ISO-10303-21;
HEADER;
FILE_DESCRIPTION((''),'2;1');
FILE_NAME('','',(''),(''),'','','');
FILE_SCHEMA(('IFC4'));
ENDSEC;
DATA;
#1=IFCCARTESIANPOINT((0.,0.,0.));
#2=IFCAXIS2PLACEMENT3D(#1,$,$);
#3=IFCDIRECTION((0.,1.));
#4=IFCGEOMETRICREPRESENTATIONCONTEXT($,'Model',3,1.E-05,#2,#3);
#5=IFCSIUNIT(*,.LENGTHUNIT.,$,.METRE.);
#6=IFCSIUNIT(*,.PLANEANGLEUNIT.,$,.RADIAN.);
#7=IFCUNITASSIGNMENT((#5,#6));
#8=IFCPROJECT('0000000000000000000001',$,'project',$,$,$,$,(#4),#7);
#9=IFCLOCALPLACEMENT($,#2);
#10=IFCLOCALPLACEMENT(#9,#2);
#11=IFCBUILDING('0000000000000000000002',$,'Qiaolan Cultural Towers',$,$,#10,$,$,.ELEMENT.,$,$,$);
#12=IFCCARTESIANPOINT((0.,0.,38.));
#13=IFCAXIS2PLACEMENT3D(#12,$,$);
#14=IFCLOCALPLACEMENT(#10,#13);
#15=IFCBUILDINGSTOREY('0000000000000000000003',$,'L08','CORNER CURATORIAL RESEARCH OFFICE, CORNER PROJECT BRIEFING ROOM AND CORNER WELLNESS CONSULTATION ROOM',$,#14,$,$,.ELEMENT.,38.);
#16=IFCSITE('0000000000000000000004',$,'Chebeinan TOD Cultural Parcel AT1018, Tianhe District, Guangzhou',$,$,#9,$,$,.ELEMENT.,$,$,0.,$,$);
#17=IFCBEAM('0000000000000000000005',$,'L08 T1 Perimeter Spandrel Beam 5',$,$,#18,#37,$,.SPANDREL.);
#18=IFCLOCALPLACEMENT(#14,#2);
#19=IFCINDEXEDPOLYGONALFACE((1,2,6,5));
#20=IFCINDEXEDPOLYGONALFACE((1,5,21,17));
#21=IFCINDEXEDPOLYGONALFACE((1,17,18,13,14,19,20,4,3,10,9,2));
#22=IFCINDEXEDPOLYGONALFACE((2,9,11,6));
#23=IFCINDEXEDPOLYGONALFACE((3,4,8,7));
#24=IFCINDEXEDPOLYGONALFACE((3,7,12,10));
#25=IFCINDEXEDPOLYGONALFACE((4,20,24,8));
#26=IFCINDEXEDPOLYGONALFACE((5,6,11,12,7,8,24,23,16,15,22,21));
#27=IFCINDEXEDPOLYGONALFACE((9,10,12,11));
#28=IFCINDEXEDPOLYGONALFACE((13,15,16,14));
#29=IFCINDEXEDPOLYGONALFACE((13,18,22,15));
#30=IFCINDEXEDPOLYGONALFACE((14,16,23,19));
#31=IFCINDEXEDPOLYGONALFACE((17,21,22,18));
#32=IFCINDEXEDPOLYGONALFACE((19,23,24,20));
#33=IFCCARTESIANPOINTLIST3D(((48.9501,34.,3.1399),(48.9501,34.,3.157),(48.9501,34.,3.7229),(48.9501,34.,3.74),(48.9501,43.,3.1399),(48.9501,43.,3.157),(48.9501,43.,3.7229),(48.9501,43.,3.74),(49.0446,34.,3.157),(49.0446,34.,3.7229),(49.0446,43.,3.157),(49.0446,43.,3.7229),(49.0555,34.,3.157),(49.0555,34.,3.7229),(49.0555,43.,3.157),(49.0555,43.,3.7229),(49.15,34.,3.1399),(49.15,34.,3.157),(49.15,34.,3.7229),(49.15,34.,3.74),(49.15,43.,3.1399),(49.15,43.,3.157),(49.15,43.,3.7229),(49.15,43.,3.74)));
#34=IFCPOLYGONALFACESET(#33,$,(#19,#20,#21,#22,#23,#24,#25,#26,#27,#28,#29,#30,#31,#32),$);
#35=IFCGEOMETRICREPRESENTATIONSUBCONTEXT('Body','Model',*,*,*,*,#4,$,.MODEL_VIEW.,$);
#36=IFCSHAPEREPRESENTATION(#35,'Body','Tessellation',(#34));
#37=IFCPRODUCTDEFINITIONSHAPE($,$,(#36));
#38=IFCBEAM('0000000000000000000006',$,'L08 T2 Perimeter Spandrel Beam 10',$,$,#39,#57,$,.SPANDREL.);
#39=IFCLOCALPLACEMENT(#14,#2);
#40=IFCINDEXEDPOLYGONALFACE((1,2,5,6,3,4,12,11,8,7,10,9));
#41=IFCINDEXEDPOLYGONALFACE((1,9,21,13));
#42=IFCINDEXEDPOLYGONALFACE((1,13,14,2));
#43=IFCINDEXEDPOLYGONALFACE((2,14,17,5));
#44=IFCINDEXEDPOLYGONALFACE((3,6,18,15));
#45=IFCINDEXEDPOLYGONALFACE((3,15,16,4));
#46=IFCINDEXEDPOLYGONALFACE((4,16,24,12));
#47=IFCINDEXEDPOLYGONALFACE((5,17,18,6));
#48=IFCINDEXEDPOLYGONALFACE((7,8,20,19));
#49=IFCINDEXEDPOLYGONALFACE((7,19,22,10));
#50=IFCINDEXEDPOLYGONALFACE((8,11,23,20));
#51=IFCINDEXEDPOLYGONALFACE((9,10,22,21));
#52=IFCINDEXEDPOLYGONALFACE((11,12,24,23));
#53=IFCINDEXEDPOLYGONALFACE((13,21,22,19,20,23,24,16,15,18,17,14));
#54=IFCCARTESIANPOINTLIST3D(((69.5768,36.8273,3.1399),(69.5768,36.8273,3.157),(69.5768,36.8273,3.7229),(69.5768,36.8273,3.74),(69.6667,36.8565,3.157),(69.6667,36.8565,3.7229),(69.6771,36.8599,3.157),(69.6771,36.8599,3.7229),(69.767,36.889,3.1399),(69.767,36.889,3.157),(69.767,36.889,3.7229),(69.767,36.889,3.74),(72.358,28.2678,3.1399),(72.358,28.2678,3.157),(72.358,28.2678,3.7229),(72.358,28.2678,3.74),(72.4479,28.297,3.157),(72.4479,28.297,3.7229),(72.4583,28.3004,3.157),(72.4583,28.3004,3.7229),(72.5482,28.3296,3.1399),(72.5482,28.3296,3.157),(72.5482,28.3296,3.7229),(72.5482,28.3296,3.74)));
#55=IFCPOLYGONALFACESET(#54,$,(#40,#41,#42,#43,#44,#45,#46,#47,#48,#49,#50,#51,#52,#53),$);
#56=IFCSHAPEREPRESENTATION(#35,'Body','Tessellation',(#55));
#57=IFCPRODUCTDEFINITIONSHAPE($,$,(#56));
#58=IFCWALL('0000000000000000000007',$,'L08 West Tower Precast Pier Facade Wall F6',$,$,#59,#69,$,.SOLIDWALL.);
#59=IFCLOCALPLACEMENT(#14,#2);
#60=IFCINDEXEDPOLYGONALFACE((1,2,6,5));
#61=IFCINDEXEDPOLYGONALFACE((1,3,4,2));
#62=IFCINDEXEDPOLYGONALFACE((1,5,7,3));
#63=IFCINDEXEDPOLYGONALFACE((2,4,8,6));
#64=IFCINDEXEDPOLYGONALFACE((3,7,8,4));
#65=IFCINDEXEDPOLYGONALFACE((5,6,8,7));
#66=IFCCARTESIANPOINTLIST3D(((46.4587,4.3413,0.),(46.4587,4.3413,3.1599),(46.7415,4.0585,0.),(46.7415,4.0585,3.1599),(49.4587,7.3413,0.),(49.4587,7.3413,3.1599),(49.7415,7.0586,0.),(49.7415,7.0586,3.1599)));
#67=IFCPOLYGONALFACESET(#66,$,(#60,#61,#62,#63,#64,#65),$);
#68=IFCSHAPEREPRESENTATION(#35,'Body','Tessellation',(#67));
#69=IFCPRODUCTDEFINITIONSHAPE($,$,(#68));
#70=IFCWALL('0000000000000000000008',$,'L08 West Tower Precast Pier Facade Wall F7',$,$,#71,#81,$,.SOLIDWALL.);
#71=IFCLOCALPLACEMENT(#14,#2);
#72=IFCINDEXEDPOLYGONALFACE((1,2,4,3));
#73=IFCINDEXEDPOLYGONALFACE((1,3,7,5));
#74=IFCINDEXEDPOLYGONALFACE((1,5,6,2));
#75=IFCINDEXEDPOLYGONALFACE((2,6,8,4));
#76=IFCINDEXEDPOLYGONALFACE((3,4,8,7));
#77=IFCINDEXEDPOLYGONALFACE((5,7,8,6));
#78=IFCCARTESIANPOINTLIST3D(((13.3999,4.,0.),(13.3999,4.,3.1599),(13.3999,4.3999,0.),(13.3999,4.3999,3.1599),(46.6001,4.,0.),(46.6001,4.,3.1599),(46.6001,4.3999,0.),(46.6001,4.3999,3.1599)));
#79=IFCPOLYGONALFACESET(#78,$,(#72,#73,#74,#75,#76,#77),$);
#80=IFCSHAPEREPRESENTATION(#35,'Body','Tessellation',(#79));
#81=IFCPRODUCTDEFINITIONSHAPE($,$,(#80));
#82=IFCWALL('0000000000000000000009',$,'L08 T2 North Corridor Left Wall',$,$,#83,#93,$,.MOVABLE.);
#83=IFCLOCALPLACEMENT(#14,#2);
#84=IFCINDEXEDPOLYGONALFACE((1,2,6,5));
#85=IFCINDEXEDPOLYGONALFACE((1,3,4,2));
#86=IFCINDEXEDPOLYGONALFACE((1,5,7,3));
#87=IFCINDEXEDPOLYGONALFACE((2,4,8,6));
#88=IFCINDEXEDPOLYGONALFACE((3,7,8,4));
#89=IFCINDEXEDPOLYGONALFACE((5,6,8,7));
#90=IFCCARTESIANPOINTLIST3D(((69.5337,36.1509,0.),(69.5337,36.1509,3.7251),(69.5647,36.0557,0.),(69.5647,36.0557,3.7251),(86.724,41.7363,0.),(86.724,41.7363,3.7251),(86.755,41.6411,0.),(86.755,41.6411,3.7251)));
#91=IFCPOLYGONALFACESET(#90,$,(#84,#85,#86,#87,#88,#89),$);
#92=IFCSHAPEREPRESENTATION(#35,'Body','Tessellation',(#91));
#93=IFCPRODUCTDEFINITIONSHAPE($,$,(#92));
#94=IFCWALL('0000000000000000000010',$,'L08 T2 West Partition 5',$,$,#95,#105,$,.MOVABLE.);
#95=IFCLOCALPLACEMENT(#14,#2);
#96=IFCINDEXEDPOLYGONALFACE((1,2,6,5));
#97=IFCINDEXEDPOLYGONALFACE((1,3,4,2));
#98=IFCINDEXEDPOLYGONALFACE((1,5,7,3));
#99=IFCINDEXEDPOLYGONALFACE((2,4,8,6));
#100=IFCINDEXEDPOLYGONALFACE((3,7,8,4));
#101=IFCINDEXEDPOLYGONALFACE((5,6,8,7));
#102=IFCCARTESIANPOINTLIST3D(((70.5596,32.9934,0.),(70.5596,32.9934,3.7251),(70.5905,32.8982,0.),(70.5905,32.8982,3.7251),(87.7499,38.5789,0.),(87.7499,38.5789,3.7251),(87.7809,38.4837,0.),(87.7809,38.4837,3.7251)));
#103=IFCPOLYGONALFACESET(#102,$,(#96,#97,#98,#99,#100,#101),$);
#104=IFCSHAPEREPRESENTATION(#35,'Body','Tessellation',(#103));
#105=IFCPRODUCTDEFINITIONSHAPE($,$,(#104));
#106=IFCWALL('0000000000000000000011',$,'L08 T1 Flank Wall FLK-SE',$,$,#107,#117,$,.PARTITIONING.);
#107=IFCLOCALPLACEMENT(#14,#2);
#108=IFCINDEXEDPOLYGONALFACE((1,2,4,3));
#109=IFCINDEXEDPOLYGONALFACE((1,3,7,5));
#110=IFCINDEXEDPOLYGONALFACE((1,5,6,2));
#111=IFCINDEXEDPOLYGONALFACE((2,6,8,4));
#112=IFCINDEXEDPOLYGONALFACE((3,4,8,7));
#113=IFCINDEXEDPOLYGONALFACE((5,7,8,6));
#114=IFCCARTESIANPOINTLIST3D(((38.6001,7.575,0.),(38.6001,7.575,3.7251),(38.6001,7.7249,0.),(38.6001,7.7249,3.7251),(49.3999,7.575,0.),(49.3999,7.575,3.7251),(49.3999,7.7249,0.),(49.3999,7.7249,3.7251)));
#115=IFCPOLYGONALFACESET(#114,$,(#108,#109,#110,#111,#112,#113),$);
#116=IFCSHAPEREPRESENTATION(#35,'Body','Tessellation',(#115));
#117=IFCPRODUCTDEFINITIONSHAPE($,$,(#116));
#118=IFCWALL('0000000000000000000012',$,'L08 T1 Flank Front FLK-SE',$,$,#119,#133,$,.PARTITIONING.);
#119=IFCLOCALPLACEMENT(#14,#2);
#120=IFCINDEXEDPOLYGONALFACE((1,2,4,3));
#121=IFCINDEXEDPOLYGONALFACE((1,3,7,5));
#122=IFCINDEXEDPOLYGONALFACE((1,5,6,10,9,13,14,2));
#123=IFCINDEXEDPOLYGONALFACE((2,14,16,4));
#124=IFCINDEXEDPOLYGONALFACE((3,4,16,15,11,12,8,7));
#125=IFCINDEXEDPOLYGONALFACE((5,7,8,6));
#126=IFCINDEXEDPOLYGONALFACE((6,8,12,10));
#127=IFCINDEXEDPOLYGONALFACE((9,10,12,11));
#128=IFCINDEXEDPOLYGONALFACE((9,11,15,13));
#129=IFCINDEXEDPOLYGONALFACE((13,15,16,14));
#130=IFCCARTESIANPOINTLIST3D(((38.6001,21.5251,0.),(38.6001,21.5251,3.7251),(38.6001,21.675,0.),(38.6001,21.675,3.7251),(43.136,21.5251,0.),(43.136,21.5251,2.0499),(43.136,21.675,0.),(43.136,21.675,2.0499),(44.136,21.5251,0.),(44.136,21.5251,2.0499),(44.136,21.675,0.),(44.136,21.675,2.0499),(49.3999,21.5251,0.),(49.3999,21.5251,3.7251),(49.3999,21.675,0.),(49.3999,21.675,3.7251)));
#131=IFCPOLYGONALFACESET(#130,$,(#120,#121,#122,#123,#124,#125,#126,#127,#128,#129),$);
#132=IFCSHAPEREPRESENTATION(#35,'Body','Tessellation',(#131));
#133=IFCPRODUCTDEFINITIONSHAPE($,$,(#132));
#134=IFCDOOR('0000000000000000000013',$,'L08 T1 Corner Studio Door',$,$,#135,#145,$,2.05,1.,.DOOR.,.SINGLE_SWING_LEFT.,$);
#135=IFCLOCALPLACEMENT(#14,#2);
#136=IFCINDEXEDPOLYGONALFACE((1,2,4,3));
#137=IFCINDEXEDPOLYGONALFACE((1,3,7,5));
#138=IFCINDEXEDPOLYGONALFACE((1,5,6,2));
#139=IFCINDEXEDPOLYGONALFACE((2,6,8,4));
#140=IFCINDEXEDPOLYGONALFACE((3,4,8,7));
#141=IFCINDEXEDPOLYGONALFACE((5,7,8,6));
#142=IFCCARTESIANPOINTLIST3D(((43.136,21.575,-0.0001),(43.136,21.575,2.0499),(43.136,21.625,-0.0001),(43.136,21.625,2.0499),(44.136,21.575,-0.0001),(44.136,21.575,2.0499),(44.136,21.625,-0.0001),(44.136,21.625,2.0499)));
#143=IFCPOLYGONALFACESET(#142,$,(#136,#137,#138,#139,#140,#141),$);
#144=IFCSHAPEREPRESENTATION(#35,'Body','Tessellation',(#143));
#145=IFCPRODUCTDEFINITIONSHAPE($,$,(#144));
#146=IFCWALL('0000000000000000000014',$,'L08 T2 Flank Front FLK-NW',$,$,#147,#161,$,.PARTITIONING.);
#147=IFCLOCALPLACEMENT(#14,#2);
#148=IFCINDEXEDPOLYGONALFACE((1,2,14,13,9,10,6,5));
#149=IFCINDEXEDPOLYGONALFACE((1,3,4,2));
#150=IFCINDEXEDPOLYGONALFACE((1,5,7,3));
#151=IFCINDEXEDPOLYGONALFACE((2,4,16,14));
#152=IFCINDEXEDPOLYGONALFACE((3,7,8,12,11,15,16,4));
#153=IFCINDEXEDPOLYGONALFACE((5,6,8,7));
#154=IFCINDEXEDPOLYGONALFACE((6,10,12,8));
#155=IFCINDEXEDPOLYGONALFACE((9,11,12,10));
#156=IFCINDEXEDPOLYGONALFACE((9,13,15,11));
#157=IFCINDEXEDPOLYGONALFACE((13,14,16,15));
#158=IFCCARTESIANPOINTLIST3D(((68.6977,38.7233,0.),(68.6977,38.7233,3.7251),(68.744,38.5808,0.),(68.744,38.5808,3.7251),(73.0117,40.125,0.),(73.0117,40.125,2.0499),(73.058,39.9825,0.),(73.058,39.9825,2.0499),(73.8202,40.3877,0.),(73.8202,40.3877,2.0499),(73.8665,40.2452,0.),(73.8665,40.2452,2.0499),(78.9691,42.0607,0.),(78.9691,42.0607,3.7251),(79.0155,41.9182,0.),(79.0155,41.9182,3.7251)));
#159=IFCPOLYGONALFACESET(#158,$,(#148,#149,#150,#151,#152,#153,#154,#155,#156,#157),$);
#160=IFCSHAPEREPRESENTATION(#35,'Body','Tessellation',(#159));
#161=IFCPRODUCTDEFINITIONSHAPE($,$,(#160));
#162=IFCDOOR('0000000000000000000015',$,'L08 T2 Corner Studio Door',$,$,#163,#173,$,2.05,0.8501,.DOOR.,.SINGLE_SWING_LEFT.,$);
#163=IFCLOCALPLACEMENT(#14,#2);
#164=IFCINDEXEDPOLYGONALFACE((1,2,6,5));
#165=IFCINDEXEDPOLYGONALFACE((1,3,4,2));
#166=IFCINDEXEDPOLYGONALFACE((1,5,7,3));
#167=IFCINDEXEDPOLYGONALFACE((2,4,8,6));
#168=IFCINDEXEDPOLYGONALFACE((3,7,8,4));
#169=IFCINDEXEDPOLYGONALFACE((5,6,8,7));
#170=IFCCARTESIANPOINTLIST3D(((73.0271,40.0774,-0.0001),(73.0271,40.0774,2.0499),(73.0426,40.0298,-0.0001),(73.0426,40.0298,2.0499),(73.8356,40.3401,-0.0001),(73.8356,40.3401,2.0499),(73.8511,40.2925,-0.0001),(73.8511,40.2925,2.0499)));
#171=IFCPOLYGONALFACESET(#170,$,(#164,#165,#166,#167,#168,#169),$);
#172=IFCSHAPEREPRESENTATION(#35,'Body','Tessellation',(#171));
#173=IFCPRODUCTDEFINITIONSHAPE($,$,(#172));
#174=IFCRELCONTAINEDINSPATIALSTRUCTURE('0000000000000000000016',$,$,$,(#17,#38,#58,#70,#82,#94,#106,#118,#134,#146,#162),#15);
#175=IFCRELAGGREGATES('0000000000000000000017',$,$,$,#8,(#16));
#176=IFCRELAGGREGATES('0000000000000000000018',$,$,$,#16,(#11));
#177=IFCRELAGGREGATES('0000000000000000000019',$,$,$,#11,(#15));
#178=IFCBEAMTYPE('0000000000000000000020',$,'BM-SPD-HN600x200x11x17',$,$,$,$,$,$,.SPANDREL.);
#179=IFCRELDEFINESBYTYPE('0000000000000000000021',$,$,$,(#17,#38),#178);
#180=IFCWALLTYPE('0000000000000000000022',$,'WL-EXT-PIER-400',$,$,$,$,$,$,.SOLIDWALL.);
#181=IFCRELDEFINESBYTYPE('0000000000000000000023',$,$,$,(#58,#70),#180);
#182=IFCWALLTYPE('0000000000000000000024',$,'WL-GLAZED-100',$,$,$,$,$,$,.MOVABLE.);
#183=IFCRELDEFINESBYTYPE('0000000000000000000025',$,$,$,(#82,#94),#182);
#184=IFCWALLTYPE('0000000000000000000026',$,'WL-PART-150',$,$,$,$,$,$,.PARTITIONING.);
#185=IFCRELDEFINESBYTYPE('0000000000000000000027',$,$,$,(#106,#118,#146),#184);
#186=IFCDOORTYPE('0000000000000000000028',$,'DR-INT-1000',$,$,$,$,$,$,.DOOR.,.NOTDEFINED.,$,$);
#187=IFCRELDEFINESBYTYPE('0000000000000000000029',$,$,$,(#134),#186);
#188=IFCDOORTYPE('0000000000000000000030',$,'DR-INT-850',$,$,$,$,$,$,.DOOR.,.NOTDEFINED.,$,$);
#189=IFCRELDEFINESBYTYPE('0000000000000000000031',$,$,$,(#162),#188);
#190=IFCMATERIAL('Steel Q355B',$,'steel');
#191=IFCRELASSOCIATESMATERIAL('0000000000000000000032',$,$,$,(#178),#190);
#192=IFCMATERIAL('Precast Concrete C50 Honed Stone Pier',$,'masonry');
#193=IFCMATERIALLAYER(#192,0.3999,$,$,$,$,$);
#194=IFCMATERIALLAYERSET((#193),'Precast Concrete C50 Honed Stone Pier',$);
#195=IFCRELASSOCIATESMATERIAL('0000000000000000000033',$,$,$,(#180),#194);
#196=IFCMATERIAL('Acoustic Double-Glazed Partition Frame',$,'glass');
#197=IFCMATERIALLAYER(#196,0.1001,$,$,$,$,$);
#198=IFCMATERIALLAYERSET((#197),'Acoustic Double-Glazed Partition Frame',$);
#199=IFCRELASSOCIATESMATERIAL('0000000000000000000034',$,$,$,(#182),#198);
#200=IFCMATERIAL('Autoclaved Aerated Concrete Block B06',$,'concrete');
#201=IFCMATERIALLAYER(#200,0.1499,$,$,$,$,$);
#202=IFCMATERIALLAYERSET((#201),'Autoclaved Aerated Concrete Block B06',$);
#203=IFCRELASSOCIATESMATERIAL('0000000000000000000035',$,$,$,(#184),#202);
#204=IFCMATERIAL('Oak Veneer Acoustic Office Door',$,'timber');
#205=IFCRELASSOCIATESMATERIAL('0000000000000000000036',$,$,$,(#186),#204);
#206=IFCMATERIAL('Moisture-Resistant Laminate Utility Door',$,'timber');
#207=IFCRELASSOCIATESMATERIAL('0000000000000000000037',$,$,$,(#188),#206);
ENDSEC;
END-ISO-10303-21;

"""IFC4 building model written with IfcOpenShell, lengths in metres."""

from ifc_helpers import new_model, si_unit, direction, frame, frame_2d, origin, origin_2d, place, context, subcontext, project, spatial, rectangle, i_section, extrude, material, layer, layer_set, material_profile, profile_set, type_object, element, fill, save


model = new_model("IFC4")

# Units and contexts
model_context = context("Model", 3, precision=1e-05, world=origin(), true_north=direction((0.0, 1.0)))
body_context = subcontext(model_context, "Body", "Model", "MODEL_VIEW")
ifc_project = project(units=[si_unit("LENGTHUNIT", "METRE"), si_unit("PLANEANGLEUNIT", "RADIAN")], contexts=[model_context])

# Site, building, storey
site_placement = place(None, origin())
site = spatial("IfcSite", under=ifc_project, at=site_placement, Name="Chebeinan TOD Cultural Parcel AT1018, Tianhe District, Guangzhou", CompositionType="ELEMENT", RefElevation=0.0)
building_placement = place(site_placement, origin())
building = spatial("IfcBuilding", under=site, at=building_placement, Name="Qiaolan Cultural Towers", CompositionType="ELEMENT")
storey_placement = place(building_placement, frame((0.0, 0.0, 38.0)))
storey = spatial("IfcBuildingStorey", under=building, at=storey_placement, Name="L08", Description="CORNER CURATORIAL RESEARCH OFFICE, CORNER PROJECT BRIEFING ROOM AND CORNER WELLNESS CONSULTATION ROOM", CompositionType="ELEMENT", Elevation=38.0)

# Beams
ifc_material_1 = material(Name="Steel Q355B", Category="steel")
ifc_material_profile_1 = material_profile(ifc_material_1, i_section(OverallWidth=0.2, OverallDepth=0.6001, WebThickness=0.011, FlangeThickness=0.0171, at=origin_2d()), Name="HN600x200x11x17")
ifc_profile_set_1 = profile_set([ifc_material_profile_1], Name="Steel Q355B")
beam_type_1 = type_object("IfcBeamType", Name="BM-SPD-HN600x200x11x17", PredefinedType="SPANDREL", material=ifc_profile_set_1)
for number, where, z_axis, x_axis, name in (
    (1, (49.05, 34.0, 3.4399), (0.0, 1.0, 0.0), (-1.0, 0.0, 0.0), "L08 T1 Perimeter Spandrel Beam 5"),
    (2, (69.6719, 36.8582, 3.4399), (0.309025, -0.951054, 0.0), (0.951054, 0.309025, 0.0), "L08 T2 Perimeter Spandrel Beam 10"),
):
    element("IfcBeam", number, at=place(storey_placement, frame(where, z_axis=z_axis, x_axis=x_axis)), inside=storey, type_object=beam_type_1, Name=name, PredefinedType="SPANDREL", context=body_context, shape_type="SweptSolid", body=[
        extrude(i_section(OverallWidth=0.2, OverallDepth=0.6001, WebThickness=0.011, FlangeThickness=0.0171, at=origin_2d()), origin(), (0.0, 0.0, 1.0), 9.0),
    ])

# Walls
ifc_material_2 = material(Name="Precast Concrete C50 Honed Stone Pier", Category="masonry")
ifc_layer_1 = layer(ifc_material_2, 0.3999)
ifc_layer_set_1 = layer_set([ifc_layer_1], Name="Precast Concrete C50 Honed Stone Pier")
wall_type_1 = type_object("IfcWallType", Name="WL-EXT-PIER-400", PredefinedType="SOLIDWALL", material=ifc_layer_set_1)
wall_1_placement = place(storey_placement, frame((49.6001, 7.2, 0.0), z_axis=(0.0, 0.0, 1.0), x_axis=(-0.707107, -0.707107, 0.0)))
element("IfcWall", 3, at=wall_1_placement, inside=storey, type_object=wall_type_1, Name="L08 West Tower Precast Pier Facade Wall F6", PredefinedType="SOLIDWALL", context=body_context, shape_type="SweptSolid", body=[
    extrude(rectangle(XDim=4.2427, YDim=0.3999, at=frame_2d((2.1213, 0.0))), origin(), (0.0, 0.0, 1.0), 3.1599),
])
wall_2_placement = place(storey_placement, frame((46.6001, 4.2, 0.0), z_axis=(0.0, 0.0, 1.0), x_axis=(-1.0, 0.0, 0.0)))
element("IfcWall", 4, at=wall_2_placement, inside=storey, type_object=wall_type_1, Name="L08 West Tower Precast Pier Facade Wall F7", PredefinedType="SOLIDWALL", context=body_context, shape_type="SweptSolid", body=[
    extrude(rectangle(XDim=33.2002, YDim=0.3999, at=frame_2d((16.6001, 0.0))), origin(), (0.0, 0.0, 1.0), 3.1599),
])
ifc_material_3 = material(Name="Acoustic Double-Glazed Partition Frame", Category="glass")
ifc_layer_2 = layer(ifc_material_3, 0.1001)
ifc_layer_set_2 = layer_set([ifc_layer_2], Name="Acoustic Double-Glazed Partition Frame")
wall_type_2 = type_object("IfcWallType", Name="WL-GLAZED-100", PredefinedType="MOVABLE", material=ifc_layer_set_2)
for number, where, z_axis, x_axis, name in (
    (5, (69.5491, 36.1033, 0.0), (0.0, 0.0, 1.0), (0.951057, 0.309014, 0.0), "L08 T2 North Corridor Left Wall"),
    (6, (70.575, 32.9458, 0.0), (0.0, 0.0, 1.0), (0.951057, 0.309014, 0.0), "L08 T2 West Partition 5"),
):
    element("IfcWall", number, at=place(storey_placement, frame(where, z_axis=z_axis, x_axis=x_axis)), inside=storey, type_object=wall_type_2, Name=name, PredefinedType="MOVABLE", context=body_context, shape_type="SweptSolid", body=[
        extrude(rectangle(XDim=18.075, YDim=0.1001, at=frame_2d((9.0376, 0.0))), origin(), (0.0, 0.0, 1.0), 3.7251),
    ])
ifc_material_4 = material(Name="Autoclaved Aerated Concrete Block B06", Category="concrete")
ifc_layer_3 = layer(ifc_material_4, 0.1499)
ifc_layer_set_3 = layer_set([ifc_layer_3], Name="Autoclaved Aerated Concrete Block B06")
wall_type_3 = type_object("IfcWallType", Name="WL-PART-150", PredefinedType="PARTITIONING", material=ifc_layer_set_3)
wall_3_placement = place(storey_placement, frame((38.6001, 7.6499, 0.0), z_axis=(0.0, 0.0, 1.0), x_axis=(1.0, 0.0, 0.0)))
element("IfcWall", 7, at=wall_3_placement, inside=storey, type_object=wall_type_3, Name="L08 T1 Flank Wall FLK-SE", PredefinedType="PARTITIONING", context=body_context, shape_type="SweptSolid", body=[
    extrude(rectangle(XDim=10.7998, YDim=0.1499, at=frame_2d((5.3999, 0.0))), origin(), (0.0, 0.0, 1.0), 3.7251),
])

# Walls, openings, doors
wall_4_placement = place(storey_placement, frame((38.6001, 21.6001, 0.0), z_axis=(0.0, 0.0, 1.0), x_axis=(1.0, 0.0, 0.0)))
wall_4 = element("IfcWall", 8, at=wall_4_placement, inside=storey, type_object=wall_type_3, Name="L08 T1 Flank Front FLK-SE", PredefinedType="PARTITIONING", context=body_context, shape_type="SweptSolid", body=[
    extrude(rectangle(XDim=10.7998, YDim=0.1499, at=frame_2d((5.3999, 0.0))), origin(), (0.0, 0.0, 1.0), 3.7251),
])
opening_1_placement = place(wall_4_placement, frame((4.5359, 0.0, 0.0)))
opening_1 = element("IfcOpeningElement", 9, at=opening_1_placement, cuts=wall_4, PredefinedType="OPENING", context=body_context, shape_type="SweptSolid", body=[
    extrude(rectangle(XDim=1.0, YDim=2.05, at=frame_2d((0.5, 1.0249))), frame((0.0, 0.085, 0.0), z_axis=(0.0, -1.0, 0.0), x_axis=(1.0, 0.0, 0.0)), (0.0, 0.0, 1.0), 0.1699),
])
ifc_material_5 = material(Name="Oak Veneer Acoustic Office Door", Category="timber")
door_type_1 = type_object("IfcDoorType", Name="DR-INT-1000", OperationType="NOTDEFINED", PredefinedType="DOOR", material=ifc_material_5)
door_1_placement = place(opening_1_placement, origin())
door_1 = element("IfcDoor", 10, at=door_1_placement, inside=storey, type_object=door_type_1, Name="L08 T1 Corner Studio Door", OperationType="SINGLE_SWING_LEFT", OverallHeight=2.05, OverallWidth=1.0, PredefinedType="DOOR", context=body_context, shape_type="SweptSolid", body=[
    extrude(rectangle(XDim=1.0, YDim=2.05, at=frame_2d((0.5, 1.0249))), frame((0.0, 0.0249, 0.0), z_axis=(0.0, -1.0, 0.0), x_axis=(1.0, 0.0, 0.0)), (0.0, 0.0, 1.0), 0.05),
])
fill(opening_1, door_1)
wall_5_placement = place(storey_placement, frame((68.7209, 38.6521, 0.0), z_axis=(0.0, 0.0, 1.0), x_axis=(0.951057, 0.309017, 0.0)))
wall_5 = element("IfcWall", 11, at=wall_5_placement, inside=storey, type_object=wall_type_3, Name="L08 T2 Flank Front FLK-NW", PredefinedType="PARTITIONING", context=body_context, shape_type="SweptSolid", body=[
    extrude(rectangle(XDim=10.8, YDim=0.1499, at=frame_2d((5.3999, 0.0))), origin(), (0.0, 0.0, 1.0), 3.7251),
])
opening_2_placement = place(wall_5_placement, frame((4.5359, 0.0, 0.0)))
opening_2 = element("IfcOpeningElement", 12, at=opening_2_placement, cuts=wall_5, PredefinedType="OPENING", context=body_context, shape_type="SweptSolid", body=[
    extrude(rectangle(XDim=0.8501, YDim=2.05, at=frame_2d((0.425, 1.0249))), frame((0.0, 0.085, 0.0), z_axis=(0.0, -1.0, 0.0), x_axis=(1.0, 0.0, 0.0)), (0.0, 0.0, 1.0), 0.1699),
])
ifc_material_6 = material(Name="Moisture-Resistant Laminate Utility Door", Category="timber")
door_type_2 = type_object("IfcDoorType", Name="DR-INT-850", OperationType="NOTDEFINED", PredefinedType="DOOR", material=ifc_material_6)
door_2_placement = place(opening_2_placement, origin())
door_2 = element("IfcDoor", 13, at=door_2_placement, inside=storey, type_object=door_type_2, Name="L08 T2 Corner Studio Door", OperationType="SINGLE_SWING_LEFT", OverallHeight=2.05, OverallWidth=0.8501, PredefinedType="DOOR", context=body_context, shape_type="SweptSolid", body=[
    extrude(rectangle(XDim=0.8501, YDim=2.05, at=frame_2d((0.425, 1.0249))), frame((0.0, 0.0249, 0.0), z_axis=(0.0, -1.0, 0.0), x_axis=(1.0, 0.0, 0.0)), (0.0, 0.0, 1.0), 0.05),
])
fill(opening_2, door_2)

save(model, "model.ifc")
